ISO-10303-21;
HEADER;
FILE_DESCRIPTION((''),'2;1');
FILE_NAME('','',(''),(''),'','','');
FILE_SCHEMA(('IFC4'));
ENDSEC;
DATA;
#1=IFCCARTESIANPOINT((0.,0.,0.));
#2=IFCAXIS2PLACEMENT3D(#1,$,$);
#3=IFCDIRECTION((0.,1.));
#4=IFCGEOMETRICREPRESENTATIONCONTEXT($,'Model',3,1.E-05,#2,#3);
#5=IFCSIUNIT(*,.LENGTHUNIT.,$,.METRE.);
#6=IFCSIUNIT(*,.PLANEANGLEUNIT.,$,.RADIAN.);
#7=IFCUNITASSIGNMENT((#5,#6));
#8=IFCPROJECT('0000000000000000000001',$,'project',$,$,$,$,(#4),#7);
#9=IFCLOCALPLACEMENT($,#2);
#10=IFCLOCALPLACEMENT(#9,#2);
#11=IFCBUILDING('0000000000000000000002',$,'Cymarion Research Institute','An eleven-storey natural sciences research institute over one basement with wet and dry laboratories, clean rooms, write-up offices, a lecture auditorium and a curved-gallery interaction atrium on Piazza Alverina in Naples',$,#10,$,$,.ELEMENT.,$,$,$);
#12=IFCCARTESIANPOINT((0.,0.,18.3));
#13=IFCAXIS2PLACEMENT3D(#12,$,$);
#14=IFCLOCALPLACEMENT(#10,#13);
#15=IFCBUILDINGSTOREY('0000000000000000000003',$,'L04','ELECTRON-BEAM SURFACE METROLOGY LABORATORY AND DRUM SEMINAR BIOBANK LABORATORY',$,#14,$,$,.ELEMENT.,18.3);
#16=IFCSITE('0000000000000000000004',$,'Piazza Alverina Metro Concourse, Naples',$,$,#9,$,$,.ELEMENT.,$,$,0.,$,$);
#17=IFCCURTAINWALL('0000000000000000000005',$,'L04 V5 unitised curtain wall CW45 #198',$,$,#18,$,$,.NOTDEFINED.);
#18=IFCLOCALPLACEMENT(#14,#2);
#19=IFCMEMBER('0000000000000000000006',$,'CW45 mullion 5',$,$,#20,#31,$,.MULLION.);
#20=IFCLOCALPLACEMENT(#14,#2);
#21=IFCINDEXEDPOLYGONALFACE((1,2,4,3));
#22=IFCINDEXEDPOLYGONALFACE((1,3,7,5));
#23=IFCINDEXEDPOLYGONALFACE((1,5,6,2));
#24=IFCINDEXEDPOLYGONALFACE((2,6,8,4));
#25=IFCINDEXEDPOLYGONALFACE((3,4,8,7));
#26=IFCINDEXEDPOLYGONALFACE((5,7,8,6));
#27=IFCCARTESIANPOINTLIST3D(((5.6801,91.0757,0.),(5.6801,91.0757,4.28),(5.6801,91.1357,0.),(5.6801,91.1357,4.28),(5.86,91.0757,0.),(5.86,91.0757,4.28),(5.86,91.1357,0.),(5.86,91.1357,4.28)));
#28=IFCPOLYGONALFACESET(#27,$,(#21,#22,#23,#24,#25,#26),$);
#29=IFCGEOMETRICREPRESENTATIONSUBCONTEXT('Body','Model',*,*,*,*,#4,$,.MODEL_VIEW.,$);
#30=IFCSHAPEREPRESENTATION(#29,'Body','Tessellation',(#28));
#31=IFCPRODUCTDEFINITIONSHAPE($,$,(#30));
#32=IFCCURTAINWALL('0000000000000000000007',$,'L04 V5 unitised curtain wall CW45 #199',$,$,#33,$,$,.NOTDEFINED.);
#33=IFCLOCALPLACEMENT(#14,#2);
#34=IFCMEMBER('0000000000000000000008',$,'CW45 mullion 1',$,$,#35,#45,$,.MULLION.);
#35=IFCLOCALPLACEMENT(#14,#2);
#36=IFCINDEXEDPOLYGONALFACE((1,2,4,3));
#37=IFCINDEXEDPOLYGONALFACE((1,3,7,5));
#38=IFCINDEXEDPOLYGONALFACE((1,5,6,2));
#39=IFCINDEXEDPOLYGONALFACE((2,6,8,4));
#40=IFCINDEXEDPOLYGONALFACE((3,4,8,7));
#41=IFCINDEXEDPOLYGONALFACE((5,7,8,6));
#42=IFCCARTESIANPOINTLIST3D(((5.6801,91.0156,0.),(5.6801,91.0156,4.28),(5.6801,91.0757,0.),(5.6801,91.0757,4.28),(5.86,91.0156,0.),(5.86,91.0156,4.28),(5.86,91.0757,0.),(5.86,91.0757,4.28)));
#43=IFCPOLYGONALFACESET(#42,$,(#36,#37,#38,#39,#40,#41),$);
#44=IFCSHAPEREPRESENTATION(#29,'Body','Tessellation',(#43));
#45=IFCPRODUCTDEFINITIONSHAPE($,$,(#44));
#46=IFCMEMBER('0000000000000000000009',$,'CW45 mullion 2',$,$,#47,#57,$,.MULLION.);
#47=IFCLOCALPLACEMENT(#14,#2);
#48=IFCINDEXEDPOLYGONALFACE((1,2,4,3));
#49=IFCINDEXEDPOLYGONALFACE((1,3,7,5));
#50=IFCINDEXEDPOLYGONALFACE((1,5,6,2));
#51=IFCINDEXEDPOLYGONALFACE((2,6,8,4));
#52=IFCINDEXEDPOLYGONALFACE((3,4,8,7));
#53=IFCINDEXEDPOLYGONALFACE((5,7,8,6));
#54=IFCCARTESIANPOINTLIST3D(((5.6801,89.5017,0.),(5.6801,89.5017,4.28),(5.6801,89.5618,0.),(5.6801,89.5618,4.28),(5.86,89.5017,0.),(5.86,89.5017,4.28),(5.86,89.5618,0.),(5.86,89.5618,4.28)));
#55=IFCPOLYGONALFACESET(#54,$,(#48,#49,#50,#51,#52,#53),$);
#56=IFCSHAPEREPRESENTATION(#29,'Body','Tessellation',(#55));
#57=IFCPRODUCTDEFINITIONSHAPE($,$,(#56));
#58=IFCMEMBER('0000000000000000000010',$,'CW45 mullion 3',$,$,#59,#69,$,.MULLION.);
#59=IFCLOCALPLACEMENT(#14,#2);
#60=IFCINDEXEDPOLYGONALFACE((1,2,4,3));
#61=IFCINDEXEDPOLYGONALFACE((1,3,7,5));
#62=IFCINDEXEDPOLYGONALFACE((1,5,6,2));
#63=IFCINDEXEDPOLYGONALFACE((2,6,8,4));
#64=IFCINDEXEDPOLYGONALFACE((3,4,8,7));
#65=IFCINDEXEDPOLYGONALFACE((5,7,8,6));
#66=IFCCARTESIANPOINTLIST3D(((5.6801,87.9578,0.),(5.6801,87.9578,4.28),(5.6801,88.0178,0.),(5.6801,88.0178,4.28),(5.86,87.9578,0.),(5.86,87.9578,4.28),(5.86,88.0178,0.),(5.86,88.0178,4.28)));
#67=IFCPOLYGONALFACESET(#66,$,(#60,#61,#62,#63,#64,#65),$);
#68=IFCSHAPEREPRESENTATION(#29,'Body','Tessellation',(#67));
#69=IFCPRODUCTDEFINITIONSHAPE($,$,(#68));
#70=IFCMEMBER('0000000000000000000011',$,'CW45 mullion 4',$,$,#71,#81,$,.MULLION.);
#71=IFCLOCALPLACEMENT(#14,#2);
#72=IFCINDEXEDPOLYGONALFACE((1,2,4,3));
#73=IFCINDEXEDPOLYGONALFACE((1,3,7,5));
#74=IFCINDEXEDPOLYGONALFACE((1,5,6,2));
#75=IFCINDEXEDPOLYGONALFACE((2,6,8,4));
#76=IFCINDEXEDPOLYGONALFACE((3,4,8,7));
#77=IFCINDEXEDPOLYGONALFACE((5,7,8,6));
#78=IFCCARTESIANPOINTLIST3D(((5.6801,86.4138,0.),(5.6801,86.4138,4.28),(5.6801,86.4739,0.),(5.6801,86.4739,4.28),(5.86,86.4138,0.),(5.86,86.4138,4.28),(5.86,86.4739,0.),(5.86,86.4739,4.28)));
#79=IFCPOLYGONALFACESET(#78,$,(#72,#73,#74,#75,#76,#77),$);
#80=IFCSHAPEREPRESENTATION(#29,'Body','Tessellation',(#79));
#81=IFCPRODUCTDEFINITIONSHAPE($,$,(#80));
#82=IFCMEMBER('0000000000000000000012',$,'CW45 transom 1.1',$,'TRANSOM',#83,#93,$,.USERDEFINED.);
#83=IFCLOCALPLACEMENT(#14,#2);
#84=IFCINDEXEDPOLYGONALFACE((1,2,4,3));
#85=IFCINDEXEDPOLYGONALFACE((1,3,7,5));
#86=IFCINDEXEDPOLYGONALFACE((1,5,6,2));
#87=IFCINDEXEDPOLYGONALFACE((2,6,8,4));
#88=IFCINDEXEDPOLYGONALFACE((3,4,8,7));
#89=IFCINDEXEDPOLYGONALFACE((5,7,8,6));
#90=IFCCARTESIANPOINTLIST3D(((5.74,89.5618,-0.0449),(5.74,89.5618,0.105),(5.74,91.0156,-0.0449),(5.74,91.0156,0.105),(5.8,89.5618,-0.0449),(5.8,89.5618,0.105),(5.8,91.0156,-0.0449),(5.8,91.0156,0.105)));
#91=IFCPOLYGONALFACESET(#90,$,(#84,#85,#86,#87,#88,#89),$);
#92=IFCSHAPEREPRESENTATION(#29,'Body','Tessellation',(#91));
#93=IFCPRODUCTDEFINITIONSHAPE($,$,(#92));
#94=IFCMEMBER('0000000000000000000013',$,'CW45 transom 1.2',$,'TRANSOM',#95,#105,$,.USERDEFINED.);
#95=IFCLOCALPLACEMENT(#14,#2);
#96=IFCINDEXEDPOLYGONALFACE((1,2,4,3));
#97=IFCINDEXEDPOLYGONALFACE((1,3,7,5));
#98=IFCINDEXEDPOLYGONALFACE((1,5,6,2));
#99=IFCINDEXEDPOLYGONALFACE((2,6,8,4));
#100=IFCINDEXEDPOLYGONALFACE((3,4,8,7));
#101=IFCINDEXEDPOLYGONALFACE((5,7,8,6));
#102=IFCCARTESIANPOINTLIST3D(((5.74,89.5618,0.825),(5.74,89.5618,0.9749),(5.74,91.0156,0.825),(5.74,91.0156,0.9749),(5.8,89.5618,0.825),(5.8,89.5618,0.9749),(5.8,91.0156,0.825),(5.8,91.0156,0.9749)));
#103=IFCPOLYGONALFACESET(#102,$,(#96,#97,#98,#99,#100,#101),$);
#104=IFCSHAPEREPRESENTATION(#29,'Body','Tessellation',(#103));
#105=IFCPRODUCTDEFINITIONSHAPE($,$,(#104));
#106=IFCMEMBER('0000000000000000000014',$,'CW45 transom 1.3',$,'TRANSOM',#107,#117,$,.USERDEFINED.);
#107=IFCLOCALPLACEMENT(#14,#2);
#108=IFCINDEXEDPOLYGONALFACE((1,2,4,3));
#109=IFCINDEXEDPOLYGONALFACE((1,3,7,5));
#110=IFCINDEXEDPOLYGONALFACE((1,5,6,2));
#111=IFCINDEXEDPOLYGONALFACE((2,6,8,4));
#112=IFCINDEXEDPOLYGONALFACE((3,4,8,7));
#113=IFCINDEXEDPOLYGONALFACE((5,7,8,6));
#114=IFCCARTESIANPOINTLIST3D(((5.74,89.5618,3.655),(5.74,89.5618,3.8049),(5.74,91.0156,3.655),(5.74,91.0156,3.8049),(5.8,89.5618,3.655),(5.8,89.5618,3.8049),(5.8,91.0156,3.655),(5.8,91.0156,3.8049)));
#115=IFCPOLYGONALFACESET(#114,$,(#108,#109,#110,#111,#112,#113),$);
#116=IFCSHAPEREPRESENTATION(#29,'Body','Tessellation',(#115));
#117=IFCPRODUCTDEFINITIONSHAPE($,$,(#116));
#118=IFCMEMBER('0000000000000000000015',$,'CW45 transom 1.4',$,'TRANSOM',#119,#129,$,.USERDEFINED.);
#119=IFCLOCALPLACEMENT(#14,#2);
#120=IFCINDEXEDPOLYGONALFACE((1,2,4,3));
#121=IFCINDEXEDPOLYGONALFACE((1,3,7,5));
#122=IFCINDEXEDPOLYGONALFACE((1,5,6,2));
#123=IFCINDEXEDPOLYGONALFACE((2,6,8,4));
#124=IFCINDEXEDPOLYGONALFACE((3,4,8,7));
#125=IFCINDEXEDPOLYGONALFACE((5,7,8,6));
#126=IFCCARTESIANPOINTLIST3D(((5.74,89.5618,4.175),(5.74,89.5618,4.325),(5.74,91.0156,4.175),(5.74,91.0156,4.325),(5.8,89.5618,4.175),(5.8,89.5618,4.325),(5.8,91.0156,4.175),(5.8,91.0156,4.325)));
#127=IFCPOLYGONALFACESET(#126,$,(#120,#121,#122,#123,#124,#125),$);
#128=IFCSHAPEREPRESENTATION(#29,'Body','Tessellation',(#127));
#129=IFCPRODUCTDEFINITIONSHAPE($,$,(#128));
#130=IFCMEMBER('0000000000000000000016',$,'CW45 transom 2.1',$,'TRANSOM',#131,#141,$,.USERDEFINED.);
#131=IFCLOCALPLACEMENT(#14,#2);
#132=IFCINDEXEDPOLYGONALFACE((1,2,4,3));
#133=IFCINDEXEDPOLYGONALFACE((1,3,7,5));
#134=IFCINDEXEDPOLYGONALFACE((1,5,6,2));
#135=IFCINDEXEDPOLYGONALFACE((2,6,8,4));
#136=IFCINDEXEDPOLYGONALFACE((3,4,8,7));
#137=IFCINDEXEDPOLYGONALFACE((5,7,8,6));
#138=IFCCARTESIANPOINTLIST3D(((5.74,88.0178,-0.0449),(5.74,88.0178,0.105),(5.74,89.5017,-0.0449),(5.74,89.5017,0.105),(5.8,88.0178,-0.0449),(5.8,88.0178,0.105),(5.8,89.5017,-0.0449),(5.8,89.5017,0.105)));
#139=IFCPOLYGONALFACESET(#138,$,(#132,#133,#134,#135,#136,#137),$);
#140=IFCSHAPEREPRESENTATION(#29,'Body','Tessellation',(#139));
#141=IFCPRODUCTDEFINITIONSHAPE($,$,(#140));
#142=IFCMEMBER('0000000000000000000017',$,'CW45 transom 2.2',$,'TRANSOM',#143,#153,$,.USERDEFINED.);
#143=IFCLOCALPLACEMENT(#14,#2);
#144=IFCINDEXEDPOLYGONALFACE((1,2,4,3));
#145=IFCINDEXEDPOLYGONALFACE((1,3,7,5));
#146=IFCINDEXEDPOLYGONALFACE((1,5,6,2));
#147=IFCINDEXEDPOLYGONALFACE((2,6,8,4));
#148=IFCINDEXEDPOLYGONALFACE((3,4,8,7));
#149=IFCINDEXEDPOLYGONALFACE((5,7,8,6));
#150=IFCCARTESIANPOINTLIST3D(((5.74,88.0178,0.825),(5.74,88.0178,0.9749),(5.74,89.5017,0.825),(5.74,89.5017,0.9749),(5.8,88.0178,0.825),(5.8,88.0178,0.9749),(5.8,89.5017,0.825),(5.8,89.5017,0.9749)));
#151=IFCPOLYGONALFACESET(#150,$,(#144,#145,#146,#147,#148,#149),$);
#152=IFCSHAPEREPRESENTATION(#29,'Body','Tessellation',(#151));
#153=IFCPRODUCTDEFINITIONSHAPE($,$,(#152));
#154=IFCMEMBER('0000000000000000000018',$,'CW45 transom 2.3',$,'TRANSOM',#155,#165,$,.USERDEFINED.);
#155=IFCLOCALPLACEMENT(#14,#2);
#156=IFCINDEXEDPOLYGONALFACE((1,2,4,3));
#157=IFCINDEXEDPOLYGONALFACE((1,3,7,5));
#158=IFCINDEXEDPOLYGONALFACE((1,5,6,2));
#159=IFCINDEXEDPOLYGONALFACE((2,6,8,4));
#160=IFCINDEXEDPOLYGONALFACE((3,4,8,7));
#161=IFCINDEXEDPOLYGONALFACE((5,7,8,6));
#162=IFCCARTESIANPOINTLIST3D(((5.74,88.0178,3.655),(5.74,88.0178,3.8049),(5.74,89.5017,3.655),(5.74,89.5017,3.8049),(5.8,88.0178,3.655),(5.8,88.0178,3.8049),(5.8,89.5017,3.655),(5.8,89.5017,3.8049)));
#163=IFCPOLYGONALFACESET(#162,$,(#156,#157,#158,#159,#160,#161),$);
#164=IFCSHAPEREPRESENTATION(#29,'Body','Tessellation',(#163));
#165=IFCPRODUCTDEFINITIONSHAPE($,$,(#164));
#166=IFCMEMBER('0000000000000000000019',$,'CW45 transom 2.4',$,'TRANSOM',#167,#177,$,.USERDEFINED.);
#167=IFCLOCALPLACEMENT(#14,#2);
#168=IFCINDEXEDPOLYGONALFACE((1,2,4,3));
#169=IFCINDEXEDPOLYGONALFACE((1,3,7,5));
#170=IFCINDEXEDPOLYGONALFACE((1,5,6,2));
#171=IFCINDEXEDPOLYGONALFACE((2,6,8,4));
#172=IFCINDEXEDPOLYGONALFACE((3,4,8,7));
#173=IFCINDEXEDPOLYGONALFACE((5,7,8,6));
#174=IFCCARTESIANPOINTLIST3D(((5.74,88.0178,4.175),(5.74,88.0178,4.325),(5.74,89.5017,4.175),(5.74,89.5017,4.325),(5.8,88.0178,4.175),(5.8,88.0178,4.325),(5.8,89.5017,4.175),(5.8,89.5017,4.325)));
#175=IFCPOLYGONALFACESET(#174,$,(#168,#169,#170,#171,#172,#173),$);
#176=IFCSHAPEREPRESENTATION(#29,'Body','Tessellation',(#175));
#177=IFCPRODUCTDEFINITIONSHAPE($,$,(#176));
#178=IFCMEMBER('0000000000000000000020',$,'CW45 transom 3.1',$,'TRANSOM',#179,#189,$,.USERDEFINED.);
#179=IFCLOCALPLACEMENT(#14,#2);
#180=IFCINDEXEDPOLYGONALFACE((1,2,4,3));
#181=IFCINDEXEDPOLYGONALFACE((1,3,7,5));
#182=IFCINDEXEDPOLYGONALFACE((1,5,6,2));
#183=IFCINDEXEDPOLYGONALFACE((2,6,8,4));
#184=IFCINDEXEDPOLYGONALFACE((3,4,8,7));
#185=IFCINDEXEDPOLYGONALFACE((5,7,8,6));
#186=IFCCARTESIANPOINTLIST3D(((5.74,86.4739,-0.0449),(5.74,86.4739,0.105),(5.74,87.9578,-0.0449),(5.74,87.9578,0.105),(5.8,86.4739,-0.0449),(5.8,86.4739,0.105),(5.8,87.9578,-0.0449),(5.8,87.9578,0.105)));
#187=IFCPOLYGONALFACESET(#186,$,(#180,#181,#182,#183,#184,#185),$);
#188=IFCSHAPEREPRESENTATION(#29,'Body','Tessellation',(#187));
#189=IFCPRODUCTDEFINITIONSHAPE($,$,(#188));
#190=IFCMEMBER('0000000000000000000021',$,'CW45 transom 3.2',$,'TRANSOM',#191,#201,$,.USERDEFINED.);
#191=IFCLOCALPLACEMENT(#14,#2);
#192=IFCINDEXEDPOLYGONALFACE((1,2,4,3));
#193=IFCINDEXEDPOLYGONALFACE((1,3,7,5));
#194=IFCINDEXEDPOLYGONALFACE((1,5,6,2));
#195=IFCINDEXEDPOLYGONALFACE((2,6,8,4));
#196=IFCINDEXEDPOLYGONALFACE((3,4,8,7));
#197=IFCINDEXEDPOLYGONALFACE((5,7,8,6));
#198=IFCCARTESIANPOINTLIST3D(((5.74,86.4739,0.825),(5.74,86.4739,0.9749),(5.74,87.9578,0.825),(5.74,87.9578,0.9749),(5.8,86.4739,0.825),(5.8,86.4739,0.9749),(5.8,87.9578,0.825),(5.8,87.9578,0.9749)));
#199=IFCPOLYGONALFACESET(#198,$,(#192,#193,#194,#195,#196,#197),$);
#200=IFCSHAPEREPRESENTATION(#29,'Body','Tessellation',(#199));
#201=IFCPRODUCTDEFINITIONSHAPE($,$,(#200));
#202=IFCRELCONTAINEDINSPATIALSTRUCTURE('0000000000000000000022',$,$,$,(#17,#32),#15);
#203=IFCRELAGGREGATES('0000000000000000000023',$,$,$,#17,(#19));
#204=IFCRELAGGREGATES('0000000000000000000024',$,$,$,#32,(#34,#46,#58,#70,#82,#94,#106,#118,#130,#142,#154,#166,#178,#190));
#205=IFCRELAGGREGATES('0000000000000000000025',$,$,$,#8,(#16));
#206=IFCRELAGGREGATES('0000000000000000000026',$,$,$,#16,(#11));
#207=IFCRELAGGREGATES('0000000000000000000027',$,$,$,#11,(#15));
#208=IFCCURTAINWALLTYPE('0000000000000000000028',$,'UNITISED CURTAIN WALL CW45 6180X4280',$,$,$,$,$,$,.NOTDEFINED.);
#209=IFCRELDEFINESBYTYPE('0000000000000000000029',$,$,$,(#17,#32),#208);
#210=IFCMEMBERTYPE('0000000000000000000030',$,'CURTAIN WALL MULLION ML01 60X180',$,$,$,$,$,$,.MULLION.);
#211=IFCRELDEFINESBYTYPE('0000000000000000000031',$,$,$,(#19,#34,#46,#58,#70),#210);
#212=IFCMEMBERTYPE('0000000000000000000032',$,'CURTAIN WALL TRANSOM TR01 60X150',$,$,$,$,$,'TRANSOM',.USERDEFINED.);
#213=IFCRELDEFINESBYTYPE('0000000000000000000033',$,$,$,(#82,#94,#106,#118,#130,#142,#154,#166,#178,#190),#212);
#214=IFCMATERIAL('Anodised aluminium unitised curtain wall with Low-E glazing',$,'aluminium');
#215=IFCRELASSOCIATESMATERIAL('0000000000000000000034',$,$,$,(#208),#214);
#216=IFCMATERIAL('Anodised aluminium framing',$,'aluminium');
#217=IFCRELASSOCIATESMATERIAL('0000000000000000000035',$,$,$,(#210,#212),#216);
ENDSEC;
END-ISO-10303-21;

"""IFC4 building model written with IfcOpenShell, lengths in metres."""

from ifc_helpers import new_model, si_unit, direction, frame, origin, origin_2d, place, context, subcontext, project, spatial, rectangle, extrude, material, material_profile, profile_set, type_object, element, aggregate, save


model = new_model("IFC4")

# Units and contexts
model_context = context("Model", 3, precision=1e-05, world=origin(), true_north=direction((0.0, 1.0)))
body_context = subcontext(model_context, "Body", "Model", "MODEL_VIEW")
ifc_project = project(units=[si_unit("LENGTHUNIT", "METRE"), si_unit("PLANEANGLEUNIT", "RADIAN")], contexts=[model_context])

# Site, building, storey
site_placement = place(None, origin())
site = spatial("IfcSite", under=ifc_project, at=site_placement, Name="Piazza Alverina Metro Concourse, Naples", CompositionType="ELEMENT", RefElevation=0.0)
building_placement = place(site_placement, origin())
building = spatial("IfcBuilding", under=site, at=building_placement, Name="Cymarion Research Institute", Description="An eleven-storey natural sciences research institute over one basement with wet and dry laboratories, clean rooms, write-up offices, a lecture auditorium and a curved-gallery interaction atrium on Piazza Alverina in Naples", CompositionType="ELEMENT")
storey_placement = place(building_placement, frame((0.0, 0.0, 18.3)))
storey = spatial("IfcBuildingStorey", under=building, at=storey_placement, Name="L04", Description="ELECTRON-BEAM SURFACE METROLOGY LABORATORY AND DRUM SEMINAR BIOBANK LABORATORY", CompositionType="ELEMENT", Elevation=18.3)

# Curtain wall, member
ifc_material_1 = material(Name="Anodised aluminium unitised curtain wall with Low-E glazing", Category="aluminium")
curtain_wall_type = type_object("IfcCurtainWallType", Name="UNITISED CURTAIN WALL CW45 6180X4280", PredefinedType="NOTDEFINED", material=ifc_material_1)
curtain_wall_1_placement = place(storey_placement, origin())
curtain_wall_1 = element("IfcCurtainWall", 1, at=curtain_wall_1_placement, inside=storey, type_object=curtain_wall_type, Name="L04 V5 unitised curtain wall CW45 #198", PredefinedType="NOTDEFINED")
ifc_material_2 = material(Name="Anodised aluminium framing", Category="aluminium")
ifc_material_profile_1 = material_profile(ifc_material_2, rectangle(XDim=0.0601, YDim=0.1799, at=origin_2d()), Name="ALU MULLION 60x180")
ifc_profile_set_1 = profile_set([ifc_material_profile_1], Name="Anodised aluminium framing")
member_type_1 = type_object("IfcMemberType", Name="CURTAIN WALL MULLION ML01 60X180", PredefinedType="MULLION", material=ifc_profile_set_1)
member_1_placement = place(storey_placement, frame((5.77, 91.1057, 0.0), z_axis=(0.0, 0.0, 1.0), x_axis=(0.0, -1.0, 0.0)))
member_1 = element("IfcMember", 2, at=member_1_placement, type_object=member_type_1, Name="CW45 mullion 5", PredefinedType="MULLION", context=body_context, shape_type="SweptSolid", body=[
    extrude(rectangle(XDim=0.0601, YDim=0.1799, at=origin_2d()), origin(), (0.0, 0.0, 1.0), 4.28),
])

# Curtain wall, members
curtain_wall_2_placement = place(storey_placement, origin())
curtain_wall_2 = element("IfcCurtainWall", 3, at=curtain_wall_2_placement, inside=storey, type_object=curtain_wall_type, Name="L04 V5 unitised curtain wall CW45 #199", PredefinedType="NOTDEFINED")
member_2_placement = place(storey_placement, frame((5.77, 91.0457, 0.0), z_axis=(0.0, 0.0, 1.0), x_axis=(0.0, -1.0, 0.0)))
member_2 = element("IfcMember", 4, at=member_2_placement, type_object=member_type_1, Name="CW45 mullion 1", PredefinedType="MULLION", context=body_context, shape_type="SweptSolid", body=[
    extrude(rectangle(XDim=0.0601, YDim=0.1799, at=origin_2d()), origin(), (0.0, 0.0, 1.0), 4.28),
])
member_3_placement = place(storey_placement, frame((5.77, 89.5317, 0.0), z_axis=(0.0, 0.0, 1.0), x_axis=(0.0, -1.0, 0.0)))
member_3 = element("IfcMember", 5, at=member_3_placement, type_object=member_type_1, Name="CW45 mullion 2", PredefinedType="MULLION", context=body_context, shape_type="SweptSolid", body=[
    extrude(rectangle(XDim=0.0601, YDim=0.1799, at=origin_2d()), origin(), (0.0, 0.0, 1.0), 4.28),
])
member_4_placement = place(storey_placement, frame((5.77, 87.9878, 0.0), z_axis=(0.0, 0.0, 1.0), x_axis=(0.0, -1.0, 0.0)))
member_4 = element("IfcMember", 6, at=member_4_placement, type_object=member_type_1, Name="CW45 mullion 3", PredefinedType="MULLION", context=body_context, shape_type="SweptSolid", body=[
    extrude(rectangle(XDim=0.0601, YDim=0.1799, at=origin_2d()), origin(), (0.0, 0.0, 1.0), 4.28),
])
member_5_placement = place(storey_placement, frame((5.77, 86.4438, 0.0), z_axis=(0.0, 0.0, 1.0), x_axis=(0.0, -1.0, 0.0)))
member_5 = element("IfcMember", 7, at=member_5_placement, type_object=member_type_1, Name="CW45 mullion 4", PredefinedType="MULLION", context=body_context, shape_type="SweptSolid", body=[
    extrude(rectangle(XDim=0.0601, YDim=0.1799, at=origin_2d()), origin(), (0.0, 0.0, 1.0), 4.28),
])
ifc_material_profile_2 = material_profile(ifc_material_2, rectangle(XDim=0.0601, YDim=0.1499, at=origin_2d()), Name="ALU TRANSOM 60x150")
ifc_profile_set_2 = profile_set([ifc_material_profile_2], Name="Anodised aluminium framing")
member_type_2 = type_object("IfcMemberType", Name="CURTAIN WALL TRANSOM TR01 60X150", ElementType="TRANSOM", PredefinedType="USERDEFINED", material=ifc_profile_set_2)
member_6_placement = place(storey_placement, frame((5.77, 91.0156, 0.03), z_axis=(0.0, -1.0, 0.0), x_axis=(1.0, 0.0, 0.0)))
member_6 = element("IfcMember", 8, at=member_6_placement, type_object=member_type_2, Name="CW45 transom 1.1", ObjectType="TRANSOM", PredefinedType="USERDEFINED", context=body_context, shape_type="SweptSolid", body=[
    extrude(rectangle(XDim=0.0601, YDim=0.1499, at=origin_2d()), origin(), (0.0, 0.0, 1.0), 1.4539),
])
member_7_placement = place(storey_placement, frame((5.77, 91.0156, 0.8999), z_axis=(0.0, -1.0, 0.0), x_axis=(1.0, 0.0, 0.0)))
member_7 = element("IfcMember", 9, at=member_7_placement, type_object=member_type_2, Name="CW45 transom 1.2", ObjectType="TRANSOM", PredefinedType="USERDEFINED", context=body_context, shape_type="SweptSolid", body=[
    extrude(rectangle(XDim=0.0601, YDim=0.1499, at=origin_2d()), origin(), (0.0, 0.0, 1.0), 1.4539),
])
member_8_placement = place(storey_placement, frame((5.77, 91.0156, 3.73), z_axis=(0.0, -1.0, 0.0), x_axis=(1.0, 0.0, 0.0)))
member_8 = element("IfcMember", 10, at=member_8_placement, type_object=member_type_2, Name="CW45 transom 1.3", ObjectType="TRANSOM", PredefinedType="USERDEFINED", context=body_context, shape_type="SweptSolid", body=[
    extrude(rectangle(XDim=0.0601, YDim=0.1499, at=origin_2d()), origin(), (0.0, 0.0, 1.0), 1.4539),
])
member_9_placement = place(storey_placement, frame((5.77, 91.0156, 4.25), z_axis=(0.0, -1.0, 0.0), x_axis=(1.0, 0.0, 0.0)))
member_9 = element("IfcMember", 11, at=member_9_placement, type_object=member_type_2, Name="CW45 transom 1.4", ObjectType="TRANSOM", PredefinedType="USERDEFINED", context=body_context, shape_type="SweptSolid", body=[
    extrude(rectangle(XDim=0.0601, YDim=0.1499, at=origin_2d()), origin(), (0.0, 0.0, 1.0), 1.4539),
])
member_10_placement = place(storey_placement, frame((5.77, 89.5017, 0.03), z_axis=(0.0, -1.0, 0.0), x_axis=(1.0, 0.0, 0.0)))
member_10 = element("IfcMember", 12, at=member_10_placement, type_object=member_type_2, Name="CW45 transom 2.1", ObjectType="TRANSOM", PredefinedType="USERDEFINED", context=body_context, shape_type="SweptSolid", body=[
    extrude(rectangle(XDim=0.0601, YDim=0.1499, at=origin_2d()), origin(), (0.0, 0.0, 1.0), 1.4839),
])
member_11_placement = place(storey_placement, frame((5.77, 89.5017, 0.8999), z_axis=(0.0, -1.0, 0.0), x_axis=(1.0, 0.0, 0.0)))
member_11 = element("IfcMember", 13, at=member_11_placement, type_object=member_type_2, Name="CW45 transom 2.2", ObjectType="TRANSOM", PredefinedType="USERDEFINED", context=body_context, shape_type="SweptSolid", body=[
    extrude(rectangle(XDim=0.0601, YDim=0.1499, at=origin_2d()), origin(), (0.0, 0.0, 1.0), 1.4839),
])
member_12_placement = place(storey_placement, frame((5.77, 89.5017, 3.73), z_axis=(0.0, -1.0, 0.0), x_axis=(1.0, 0.0, 0.0)))
member_12 = element("IfcMember", 14, at=member_12_placement, type_object=member_type_2, Name="CW45 transom 2.3", ObjectType="TRANSOM", PredefinedType="USERDEFINED", context=body_context, shape_type="SweptSolid", body=[
    extrude(rectangle(XDim=0.0601, YDim=0.1499, at=origin_2d()), origin(), (0.0, 0.0, 1.0), 1.4839),
])
member_13_placement = place(storey_placement, frame((5.77, 89.5017, 4.25), z_axis=(0.0, -1.0, 0.0), x_axis=(1.0, 0.0, 0.0)))
member_13 = element("IfcMember", 15, at=member_13_placement, type_object=member_type_2, Name="CW45 transom 2.4", ObjectType="TRANSOM", PredefinedType="USERDEFINED", context=body_context, shape_type="SweptSolid", body=[
    extrude(rectangle(XDim=0.0601, YDim=0.1499, at=origin_2d()), origin(), (0.0, 0.0, 1.0), 1.4839),
])
member_14_placement = place(storey_placement, frame((5.77, 87.9578, 0.03), z_axis=(0.0, -1.0, 0.0), x_axis=(1.0, 0.0, 0.0)))
member_14 = element("IfcMember", 16, at=member_14_placement, type_object=member_type_2, Name="CW45 transom 3.1", ObjectType="TRANSOM", PredefinedType="USERDEFINED", context=body_context, shape_type="SweptSolid", body=[
    extrude(rectangle(XDim=0.0601, YDim=0.1499, at=origin_2d()), origin(), (0.0, 0.0, 1.0), 1.4839),
])
member_15_placement = place(storey_placement, frame((5.77, 87.9578, 0.8999), z_axis=(0.0, -1.0, 0.0), x_axis=(1.0, 0.0, 0.0)))
member_15 = element("IfcMember", 17, at=member_15_placement, type_object=member_type_2, Name="CW45 transom 3.2", ObjectType="TRANSOM", PredefinedType="USERDEFINED", context=body_context, shape_type="SweptSolid", body=[
    extrude(rectangle(XDim=0.0601, YDim=0.1499, at=origin_2d()), origin(), (0.0, 0.0, 1.0), 1.4839),
])

aggregate(curtain_wall_1, [member_1])
aggregate(curtain_wall_2, [member_2, member_3, member_4, member_5, member_6, member_7, member_8, member_9, member_10, member_11, member_12, member_13, member_14, member_15])

save(model, "model.ifc")
